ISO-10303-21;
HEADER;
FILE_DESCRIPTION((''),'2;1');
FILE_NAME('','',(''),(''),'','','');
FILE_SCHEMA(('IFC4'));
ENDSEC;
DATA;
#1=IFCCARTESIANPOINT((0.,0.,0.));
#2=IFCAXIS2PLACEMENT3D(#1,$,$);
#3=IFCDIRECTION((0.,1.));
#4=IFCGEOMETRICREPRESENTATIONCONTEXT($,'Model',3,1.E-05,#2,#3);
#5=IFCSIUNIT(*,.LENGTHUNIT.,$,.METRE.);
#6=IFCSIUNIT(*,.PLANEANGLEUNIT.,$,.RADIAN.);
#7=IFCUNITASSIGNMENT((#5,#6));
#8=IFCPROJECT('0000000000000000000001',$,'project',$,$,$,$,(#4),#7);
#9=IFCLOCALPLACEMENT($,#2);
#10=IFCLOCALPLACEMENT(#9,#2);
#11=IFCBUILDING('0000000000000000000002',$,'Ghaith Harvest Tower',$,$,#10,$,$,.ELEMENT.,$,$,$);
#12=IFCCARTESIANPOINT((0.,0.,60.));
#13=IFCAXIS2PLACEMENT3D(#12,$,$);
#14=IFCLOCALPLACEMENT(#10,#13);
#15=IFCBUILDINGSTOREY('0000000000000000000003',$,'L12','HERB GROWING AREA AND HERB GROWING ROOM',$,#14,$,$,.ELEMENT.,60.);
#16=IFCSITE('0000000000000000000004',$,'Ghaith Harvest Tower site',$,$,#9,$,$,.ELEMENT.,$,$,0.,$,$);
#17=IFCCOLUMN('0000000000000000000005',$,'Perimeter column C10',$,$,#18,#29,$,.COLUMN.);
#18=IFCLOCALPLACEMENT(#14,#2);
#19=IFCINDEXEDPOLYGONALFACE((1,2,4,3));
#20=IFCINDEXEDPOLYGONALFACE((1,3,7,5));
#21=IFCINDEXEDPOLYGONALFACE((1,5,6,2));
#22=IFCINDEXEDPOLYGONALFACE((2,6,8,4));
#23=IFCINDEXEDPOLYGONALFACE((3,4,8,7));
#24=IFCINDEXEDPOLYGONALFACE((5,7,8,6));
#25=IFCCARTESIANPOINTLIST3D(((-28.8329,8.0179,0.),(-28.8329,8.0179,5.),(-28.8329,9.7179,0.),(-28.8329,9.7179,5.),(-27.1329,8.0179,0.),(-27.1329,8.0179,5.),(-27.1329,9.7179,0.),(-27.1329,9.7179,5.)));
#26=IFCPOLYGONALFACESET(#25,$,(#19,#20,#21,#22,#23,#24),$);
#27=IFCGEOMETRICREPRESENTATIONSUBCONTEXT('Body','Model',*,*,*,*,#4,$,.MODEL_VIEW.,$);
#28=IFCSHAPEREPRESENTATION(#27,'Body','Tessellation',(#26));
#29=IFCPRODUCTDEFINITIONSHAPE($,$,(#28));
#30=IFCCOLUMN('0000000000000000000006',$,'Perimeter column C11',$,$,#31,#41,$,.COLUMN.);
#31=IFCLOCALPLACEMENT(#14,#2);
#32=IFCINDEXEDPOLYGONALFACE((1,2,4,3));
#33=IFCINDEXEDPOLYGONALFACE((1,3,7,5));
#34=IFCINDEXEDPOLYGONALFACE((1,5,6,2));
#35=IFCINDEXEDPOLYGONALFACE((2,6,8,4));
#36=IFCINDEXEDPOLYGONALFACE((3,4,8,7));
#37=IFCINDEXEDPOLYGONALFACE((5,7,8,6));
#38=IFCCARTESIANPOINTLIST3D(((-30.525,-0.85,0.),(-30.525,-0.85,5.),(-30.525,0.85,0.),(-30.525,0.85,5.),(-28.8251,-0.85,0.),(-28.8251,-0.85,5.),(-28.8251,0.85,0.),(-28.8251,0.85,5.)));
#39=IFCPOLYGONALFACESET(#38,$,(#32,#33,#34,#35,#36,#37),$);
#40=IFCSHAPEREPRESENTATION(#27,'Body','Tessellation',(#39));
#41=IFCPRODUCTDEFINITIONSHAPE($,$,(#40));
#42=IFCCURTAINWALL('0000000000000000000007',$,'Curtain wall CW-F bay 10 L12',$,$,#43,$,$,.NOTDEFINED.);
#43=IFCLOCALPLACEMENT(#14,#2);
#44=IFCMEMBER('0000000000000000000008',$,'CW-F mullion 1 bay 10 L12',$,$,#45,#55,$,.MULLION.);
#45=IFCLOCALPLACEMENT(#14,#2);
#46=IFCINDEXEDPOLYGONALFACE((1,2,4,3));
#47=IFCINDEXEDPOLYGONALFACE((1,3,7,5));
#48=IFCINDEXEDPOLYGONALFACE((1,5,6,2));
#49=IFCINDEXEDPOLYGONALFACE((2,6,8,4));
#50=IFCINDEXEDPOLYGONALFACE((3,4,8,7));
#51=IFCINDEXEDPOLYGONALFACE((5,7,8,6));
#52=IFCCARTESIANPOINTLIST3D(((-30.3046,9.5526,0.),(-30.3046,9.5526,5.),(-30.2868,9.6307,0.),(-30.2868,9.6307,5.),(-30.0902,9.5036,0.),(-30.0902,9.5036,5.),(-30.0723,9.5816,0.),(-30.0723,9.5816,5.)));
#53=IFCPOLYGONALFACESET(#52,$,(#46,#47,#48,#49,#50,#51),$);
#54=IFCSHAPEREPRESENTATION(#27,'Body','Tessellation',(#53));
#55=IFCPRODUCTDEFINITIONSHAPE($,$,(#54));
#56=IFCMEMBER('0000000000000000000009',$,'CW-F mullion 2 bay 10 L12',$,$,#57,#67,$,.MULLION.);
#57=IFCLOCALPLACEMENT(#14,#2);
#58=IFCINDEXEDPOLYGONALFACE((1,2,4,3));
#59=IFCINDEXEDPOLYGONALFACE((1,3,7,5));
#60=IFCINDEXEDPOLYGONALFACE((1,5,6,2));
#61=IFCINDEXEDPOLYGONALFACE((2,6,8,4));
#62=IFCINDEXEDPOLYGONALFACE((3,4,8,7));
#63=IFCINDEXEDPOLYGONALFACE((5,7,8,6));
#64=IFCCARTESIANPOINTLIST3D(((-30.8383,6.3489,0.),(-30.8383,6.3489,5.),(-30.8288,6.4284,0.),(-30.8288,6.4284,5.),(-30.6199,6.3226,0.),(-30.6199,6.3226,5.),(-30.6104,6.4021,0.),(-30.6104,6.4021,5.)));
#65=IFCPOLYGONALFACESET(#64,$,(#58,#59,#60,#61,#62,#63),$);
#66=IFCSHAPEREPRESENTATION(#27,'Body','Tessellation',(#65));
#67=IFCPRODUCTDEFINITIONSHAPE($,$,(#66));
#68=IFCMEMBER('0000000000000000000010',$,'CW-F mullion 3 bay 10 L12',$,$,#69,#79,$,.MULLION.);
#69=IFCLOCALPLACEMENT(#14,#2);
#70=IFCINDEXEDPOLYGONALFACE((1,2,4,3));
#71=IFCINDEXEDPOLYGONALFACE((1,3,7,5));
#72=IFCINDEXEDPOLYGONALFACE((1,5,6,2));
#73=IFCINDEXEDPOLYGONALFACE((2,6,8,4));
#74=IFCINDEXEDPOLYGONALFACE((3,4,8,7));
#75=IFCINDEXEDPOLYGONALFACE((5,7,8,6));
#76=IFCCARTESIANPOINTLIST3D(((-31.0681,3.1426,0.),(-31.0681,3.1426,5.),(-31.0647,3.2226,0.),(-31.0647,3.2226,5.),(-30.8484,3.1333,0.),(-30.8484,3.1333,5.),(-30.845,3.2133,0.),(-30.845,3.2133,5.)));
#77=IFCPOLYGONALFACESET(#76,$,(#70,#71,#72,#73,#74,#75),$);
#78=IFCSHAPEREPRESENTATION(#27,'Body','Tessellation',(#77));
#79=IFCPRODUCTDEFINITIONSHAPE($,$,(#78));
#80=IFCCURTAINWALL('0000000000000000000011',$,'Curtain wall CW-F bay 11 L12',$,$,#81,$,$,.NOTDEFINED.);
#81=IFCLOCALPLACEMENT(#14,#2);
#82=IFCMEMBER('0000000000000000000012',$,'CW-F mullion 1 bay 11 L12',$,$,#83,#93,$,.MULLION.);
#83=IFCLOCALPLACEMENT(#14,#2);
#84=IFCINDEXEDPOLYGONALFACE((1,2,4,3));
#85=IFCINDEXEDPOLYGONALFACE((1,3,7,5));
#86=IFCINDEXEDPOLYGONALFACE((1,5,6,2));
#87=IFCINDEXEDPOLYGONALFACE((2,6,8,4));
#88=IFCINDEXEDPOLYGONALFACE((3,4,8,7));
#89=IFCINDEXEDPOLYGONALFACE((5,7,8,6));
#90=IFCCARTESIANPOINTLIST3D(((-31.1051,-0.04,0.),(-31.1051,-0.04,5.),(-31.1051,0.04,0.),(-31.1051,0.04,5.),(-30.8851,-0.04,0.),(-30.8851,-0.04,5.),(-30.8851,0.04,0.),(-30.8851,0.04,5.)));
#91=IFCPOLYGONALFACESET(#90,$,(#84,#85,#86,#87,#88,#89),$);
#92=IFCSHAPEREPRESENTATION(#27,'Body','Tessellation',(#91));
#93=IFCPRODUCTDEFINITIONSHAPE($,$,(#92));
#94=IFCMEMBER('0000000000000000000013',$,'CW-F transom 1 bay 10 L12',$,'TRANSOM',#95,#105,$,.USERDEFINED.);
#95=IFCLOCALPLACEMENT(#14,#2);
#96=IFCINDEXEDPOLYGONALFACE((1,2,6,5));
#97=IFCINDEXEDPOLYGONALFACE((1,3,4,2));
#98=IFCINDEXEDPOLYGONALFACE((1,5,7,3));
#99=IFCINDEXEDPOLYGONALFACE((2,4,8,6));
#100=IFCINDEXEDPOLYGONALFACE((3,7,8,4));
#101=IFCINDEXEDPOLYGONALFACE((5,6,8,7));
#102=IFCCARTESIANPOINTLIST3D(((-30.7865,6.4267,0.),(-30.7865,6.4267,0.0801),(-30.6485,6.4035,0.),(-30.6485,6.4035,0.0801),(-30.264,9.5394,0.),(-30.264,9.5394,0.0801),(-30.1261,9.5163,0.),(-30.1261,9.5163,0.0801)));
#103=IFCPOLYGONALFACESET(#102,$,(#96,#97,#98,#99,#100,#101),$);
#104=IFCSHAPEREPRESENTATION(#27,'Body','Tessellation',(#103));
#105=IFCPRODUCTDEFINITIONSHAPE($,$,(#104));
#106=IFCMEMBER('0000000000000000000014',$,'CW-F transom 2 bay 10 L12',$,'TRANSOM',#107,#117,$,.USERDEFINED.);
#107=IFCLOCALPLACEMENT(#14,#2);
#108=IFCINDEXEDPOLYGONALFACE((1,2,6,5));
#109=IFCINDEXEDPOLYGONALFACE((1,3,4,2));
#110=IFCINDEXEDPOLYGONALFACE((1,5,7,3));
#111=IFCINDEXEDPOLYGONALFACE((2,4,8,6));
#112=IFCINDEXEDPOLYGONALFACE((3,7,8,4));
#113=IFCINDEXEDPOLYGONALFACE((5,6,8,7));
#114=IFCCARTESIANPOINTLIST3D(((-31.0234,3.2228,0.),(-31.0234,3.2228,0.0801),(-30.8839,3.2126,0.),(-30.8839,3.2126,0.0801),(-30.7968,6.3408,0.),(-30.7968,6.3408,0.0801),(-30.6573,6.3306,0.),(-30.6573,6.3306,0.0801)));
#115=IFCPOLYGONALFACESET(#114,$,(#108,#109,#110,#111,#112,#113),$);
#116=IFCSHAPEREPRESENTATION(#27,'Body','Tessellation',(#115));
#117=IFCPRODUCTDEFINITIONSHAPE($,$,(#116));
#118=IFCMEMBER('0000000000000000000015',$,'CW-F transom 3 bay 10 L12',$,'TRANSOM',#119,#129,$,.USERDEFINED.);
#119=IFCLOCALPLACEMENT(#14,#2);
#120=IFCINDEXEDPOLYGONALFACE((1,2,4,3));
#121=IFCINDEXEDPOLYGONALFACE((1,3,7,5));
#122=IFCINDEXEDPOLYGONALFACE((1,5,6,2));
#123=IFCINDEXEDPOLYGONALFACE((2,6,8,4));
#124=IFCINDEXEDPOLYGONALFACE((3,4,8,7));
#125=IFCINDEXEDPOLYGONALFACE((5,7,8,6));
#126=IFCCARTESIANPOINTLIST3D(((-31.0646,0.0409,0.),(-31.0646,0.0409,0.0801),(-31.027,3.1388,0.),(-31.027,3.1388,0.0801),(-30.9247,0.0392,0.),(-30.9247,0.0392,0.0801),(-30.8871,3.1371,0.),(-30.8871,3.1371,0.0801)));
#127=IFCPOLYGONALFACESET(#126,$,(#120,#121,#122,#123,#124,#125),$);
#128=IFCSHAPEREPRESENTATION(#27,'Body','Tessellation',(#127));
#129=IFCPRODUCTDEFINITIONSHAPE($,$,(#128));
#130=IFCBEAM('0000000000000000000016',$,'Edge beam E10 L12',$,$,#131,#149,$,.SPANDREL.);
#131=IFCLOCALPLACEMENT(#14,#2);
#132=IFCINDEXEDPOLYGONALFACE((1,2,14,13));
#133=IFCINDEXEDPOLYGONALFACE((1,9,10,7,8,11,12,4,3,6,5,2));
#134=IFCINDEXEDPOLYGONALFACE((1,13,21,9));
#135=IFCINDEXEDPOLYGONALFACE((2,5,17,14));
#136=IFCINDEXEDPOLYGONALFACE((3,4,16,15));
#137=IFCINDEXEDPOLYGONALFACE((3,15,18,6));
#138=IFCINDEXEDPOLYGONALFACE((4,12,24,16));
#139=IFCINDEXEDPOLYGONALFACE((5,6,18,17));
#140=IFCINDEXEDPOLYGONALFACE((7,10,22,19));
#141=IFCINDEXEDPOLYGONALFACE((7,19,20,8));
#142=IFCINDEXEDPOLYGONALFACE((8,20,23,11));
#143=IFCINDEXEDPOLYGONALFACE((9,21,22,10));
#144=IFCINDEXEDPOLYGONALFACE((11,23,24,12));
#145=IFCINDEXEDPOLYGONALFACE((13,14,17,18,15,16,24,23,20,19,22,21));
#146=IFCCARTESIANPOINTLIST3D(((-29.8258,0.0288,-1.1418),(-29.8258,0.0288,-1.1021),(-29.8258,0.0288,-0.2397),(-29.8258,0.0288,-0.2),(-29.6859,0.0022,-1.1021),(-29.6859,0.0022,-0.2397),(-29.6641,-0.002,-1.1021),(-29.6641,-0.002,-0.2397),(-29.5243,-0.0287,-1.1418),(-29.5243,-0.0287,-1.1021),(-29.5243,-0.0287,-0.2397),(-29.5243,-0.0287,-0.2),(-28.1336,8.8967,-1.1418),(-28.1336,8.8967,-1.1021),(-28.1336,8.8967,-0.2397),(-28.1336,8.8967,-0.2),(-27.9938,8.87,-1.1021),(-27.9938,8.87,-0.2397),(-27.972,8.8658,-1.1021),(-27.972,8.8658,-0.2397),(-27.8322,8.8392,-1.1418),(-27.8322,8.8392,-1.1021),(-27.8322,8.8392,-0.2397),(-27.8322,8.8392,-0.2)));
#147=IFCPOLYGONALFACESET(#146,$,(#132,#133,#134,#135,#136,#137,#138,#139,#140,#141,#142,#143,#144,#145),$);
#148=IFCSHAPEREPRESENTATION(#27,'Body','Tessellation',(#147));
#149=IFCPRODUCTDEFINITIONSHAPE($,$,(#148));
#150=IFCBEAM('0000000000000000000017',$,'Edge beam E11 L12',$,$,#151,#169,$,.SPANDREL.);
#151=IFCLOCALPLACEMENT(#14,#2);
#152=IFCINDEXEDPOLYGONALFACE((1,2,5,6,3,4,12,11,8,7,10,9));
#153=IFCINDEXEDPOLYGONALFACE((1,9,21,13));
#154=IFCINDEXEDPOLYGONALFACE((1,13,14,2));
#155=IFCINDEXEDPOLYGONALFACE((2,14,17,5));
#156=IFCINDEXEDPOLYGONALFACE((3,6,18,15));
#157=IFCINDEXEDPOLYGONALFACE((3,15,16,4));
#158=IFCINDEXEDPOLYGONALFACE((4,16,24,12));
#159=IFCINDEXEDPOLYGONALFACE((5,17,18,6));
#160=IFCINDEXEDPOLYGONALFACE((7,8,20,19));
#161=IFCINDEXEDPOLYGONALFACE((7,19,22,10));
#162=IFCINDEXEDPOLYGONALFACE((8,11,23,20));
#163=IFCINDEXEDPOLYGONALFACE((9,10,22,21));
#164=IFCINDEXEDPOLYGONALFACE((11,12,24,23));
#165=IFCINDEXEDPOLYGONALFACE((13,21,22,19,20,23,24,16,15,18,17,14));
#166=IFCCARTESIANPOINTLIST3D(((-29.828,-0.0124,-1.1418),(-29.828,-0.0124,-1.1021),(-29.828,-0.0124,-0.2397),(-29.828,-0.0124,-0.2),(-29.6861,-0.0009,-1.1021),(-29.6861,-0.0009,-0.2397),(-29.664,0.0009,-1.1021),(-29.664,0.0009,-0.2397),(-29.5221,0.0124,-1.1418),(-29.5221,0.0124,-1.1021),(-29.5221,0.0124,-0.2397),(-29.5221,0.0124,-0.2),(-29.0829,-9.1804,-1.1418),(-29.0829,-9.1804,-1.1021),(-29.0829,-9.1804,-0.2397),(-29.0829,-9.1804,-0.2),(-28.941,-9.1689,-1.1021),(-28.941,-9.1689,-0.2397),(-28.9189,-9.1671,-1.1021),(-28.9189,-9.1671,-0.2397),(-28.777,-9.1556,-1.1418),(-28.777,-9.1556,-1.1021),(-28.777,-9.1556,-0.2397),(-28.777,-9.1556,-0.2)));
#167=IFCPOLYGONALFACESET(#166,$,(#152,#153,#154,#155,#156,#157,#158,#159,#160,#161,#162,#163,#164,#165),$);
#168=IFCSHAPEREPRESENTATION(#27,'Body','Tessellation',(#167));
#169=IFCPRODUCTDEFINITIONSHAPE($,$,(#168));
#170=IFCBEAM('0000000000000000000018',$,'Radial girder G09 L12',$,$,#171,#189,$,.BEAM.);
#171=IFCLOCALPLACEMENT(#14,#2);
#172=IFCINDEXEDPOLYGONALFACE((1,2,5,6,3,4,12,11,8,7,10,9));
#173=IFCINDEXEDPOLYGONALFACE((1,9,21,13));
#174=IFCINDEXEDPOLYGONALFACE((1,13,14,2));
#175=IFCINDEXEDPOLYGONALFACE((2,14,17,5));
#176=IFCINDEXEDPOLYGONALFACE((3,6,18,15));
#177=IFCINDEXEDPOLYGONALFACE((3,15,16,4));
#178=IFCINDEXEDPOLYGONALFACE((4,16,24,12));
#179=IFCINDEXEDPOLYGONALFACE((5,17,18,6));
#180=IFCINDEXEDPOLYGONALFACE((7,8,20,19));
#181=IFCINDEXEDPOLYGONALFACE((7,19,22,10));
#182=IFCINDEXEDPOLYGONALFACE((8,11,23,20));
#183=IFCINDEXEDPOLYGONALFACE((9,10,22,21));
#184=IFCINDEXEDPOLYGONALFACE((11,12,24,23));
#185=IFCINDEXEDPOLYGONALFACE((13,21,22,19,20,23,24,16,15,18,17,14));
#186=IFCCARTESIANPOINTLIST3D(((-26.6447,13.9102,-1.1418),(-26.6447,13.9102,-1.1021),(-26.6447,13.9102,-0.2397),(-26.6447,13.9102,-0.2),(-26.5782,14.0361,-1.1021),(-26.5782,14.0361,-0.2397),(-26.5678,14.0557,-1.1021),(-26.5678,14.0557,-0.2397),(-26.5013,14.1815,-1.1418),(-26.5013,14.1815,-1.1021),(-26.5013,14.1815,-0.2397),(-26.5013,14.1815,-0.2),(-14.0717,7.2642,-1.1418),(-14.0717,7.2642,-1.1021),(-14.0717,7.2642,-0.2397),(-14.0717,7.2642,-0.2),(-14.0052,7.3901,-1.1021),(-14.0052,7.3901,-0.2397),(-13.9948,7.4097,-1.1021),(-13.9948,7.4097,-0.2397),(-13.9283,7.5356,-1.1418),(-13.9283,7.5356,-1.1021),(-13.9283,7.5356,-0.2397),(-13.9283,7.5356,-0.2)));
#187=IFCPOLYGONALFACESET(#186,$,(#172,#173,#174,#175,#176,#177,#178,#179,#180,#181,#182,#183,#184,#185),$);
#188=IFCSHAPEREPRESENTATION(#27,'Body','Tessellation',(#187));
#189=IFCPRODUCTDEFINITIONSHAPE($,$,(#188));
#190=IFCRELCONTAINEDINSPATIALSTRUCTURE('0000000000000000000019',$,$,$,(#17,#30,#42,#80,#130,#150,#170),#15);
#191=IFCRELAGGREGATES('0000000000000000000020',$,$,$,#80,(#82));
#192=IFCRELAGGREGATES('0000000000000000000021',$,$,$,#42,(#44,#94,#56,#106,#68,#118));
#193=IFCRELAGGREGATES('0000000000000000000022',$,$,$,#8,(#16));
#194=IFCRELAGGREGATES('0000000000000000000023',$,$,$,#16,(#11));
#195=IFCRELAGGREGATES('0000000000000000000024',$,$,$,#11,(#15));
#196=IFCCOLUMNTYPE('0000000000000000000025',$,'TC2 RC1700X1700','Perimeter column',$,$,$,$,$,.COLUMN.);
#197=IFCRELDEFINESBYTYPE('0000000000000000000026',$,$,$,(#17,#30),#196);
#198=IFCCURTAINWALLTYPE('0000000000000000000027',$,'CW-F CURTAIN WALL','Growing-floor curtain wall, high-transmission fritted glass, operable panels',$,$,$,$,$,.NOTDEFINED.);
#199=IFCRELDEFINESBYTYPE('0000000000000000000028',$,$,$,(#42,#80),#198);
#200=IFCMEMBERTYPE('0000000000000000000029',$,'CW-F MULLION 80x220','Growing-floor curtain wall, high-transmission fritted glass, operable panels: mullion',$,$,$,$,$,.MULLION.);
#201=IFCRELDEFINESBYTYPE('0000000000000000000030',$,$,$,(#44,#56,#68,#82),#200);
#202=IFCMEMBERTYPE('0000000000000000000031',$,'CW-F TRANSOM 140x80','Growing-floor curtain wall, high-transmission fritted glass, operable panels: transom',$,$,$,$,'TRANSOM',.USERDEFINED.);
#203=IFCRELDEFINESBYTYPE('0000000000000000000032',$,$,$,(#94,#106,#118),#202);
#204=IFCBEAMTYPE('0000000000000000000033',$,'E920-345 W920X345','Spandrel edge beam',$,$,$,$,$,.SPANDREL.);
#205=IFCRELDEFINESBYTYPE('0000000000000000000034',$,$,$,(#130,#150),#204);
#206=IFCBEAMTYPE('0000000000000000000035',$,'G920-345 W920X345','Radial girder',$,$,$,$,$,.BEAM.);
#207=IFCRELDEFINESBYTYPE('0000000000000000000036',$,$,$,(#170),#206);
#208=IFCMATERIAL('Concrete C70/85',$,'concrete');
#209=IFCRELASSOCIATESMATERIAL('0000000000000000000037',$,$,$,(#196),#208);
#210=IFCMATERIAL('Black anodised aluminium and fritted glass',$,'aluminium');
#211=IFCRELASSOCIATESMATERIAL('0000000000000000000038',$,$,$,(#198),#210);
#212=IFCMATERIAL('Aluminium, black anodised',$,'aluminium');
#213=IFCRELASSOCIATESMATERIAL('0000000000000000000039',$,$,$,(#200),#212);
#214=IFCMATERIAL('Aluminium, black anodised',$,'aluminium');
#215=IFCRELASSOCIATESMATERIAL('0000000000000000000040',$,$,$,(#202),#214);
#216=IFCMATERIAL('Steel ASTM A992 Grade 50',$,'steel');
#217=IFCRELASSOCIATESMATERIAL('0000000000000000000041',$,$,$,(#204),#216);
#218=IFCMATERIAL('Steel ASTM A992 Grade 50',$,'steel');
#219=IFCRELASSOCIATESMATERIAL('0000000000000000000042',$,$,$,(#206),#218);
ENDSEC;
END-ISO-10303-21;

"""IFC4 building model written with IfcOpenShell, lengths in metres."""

from ifc_helpers import new_model, si_unit, direction, frame, origin, origin_2d, place, context, subcontext, project, spatial, rectangle, i_section, extrude, material, material_profile, profile_set, type_object, element, aggregate, save


model = new_model("IFC4")

# Units and contexts
model_context = context("Model", 3, precision=1e-05, world=origin(), true_north=direction((0.0, 1.0)))
body_context = subcontext(model_context, "Body", "Model", "MODEL_VIEW")
ifc_project = project(units=[si_unit("LENGTHUNIT", "METRE"), si_unit("PLANEANGLEUNIT", "RADIAN")], contexts=[model_context])

# Site, building, storey
site_placement = place(None, origin())
site = spatial("IfcSite", under=ifc_project, at=site_placement, Name="Ghaith Harvest Tower site", CompositionType="ELEMENT", RefElevation=0.0)
building_placement = place(site_placement, origin())
building = spatial("IfcBuilding", under=site, at=building_placement, Name="Ghaith Harvest Tower", CompositionType="ELEMENT")
storey_placement = place(building_placement, frame((0.0, 0.0, 60.0)))
storey = spatial("IfcBuildingStorey", under=building, at=storey_placement, Name="L12", Description="HERB GROWING AREA AND HERB GROWING ROOM", CompositionType="ELEMENT", Elevation=60.0)

# Columns
ifc_material_1 = material(Name="Concrete C70/85", Category="concrete")
ifc_material_profile_1 = material_profile(ifc_material_1, rectangle(XDim=1.7, YDim=1.7, at=origin_2d()), Name="RC1700X1700")
ifc_profile_set_1 = profile_set([ifc_material_profile_1], Name="Concrete C70/85")
column_type = type_object("IfcColumnType", Name="TC2 RC1700X1700", Description="Perimeter column", PredefinedType="COLUMN", material=ifc_profile_set_1)
for number, where, z_axis, x_axis, name in (
    (1, (-27.9829, 8.8679, 0.0), (0.0, 0.0, 1.0), (1.0, 0.0, 0.0), "Perimeter column C10"),
    (2, (-29.675, 0.0, 0.0), (0.0, 0.0, 1.0), (1.0, 0.0, 0.0), "Perimeter column C11"),
):
    element("IfcColumn", number, at=place(storey_placement, frame(where, z_axis=z_axis, x_axis=x_axis)), inside=storey, type_object=column_type, Name=name, PredefinedType="COLUMN", context=body_context, shape_type="SweptSolid", body=[
        extrude(rectangle(XDim=1.7, YDim=1.7, at=origin_2d()), origin(), (0.0, 0.0, 1.0), 5.0),
    ])

# Curtain wall, members
ifc_material_2 = material(Name="Black anodised aluminium and fritted glass", Category="aluminium")
curtain_wall_type = type_object("IfcCurtainWallType", Name="CW-F CURTAIN WALL", Description="Growing-floor curtain wall, high-transmission fritted glass, operable panels", PredefinedType="NOTDEFINED", material=ifc_material_2)
curtain_wall_1_placement = place(storey_placement, origin())
curtain_wall_1 = element("IfcCurtainWall", 3, at=curtain_wall_1_placement, inside=storey, type_object=curtain_wall_type, Name="Curtain wall CW-F bay 10 L12", PredefinedType="NOTDEFINED")
ifc_material_3 = material(Name="Aluminium, black anodised", Category="aluminium")
ifc_material_profile_2 = material_profile(ifc_material_3, rectangle(XDim=0.0801, YDim=0.22, at=origin_2d()), Name="CW-F MULLION 80x220")
ifc_profile_set_2 = profile_set([ifc_material_profile_2], Name="Aluminium, black anodised")
member_type_1 = type_object("IfcMemberType", Name="CW-F MULLION 80x220", Description="Growing-floor curtain wall, high-transmission fritted glass, operable panels: mullion", PredefinedType="MULLION", material=ifc_profile_set_2)
member_1_placement = place(storey_placement, frame((-30.1885, 9.5671, 0.0), z_axis=(0.0, 0.0, 1.0), x_axis=(-0.222967, -0.974826, 0.0)))
member_1 = element("IfcMember", 4, at=member_1_placement, type_object=member_type_1, Name="CW-F mullion 1 bay 10 L12", PredefinedType="MULLION", context=body_context, shape_type="SweptSolid", body=[
    extrude(rectangle(XDim=0.0801, YDim=0.22, at=origin_2d()), origin(), (0.0, 0.0, 1.0), 5.0),
])
member_2_placement = place(storey_placement, frame((-30.7244, 6.3755, 0.0), z_axis=(0.0, 0.0, 1.0), x_axis=(-0.119353, -0.992852, 0.0)))
member_2 = element("IfcMember", 5, at=member_2_placement, type_object=member_type_1, Name="CW-F mullion 2 bay 10 L12", PredefinedType="MULLION", context=body_context, shape_type="SweptSolid", body=[
    extrude(rectangle(XDim=0.0801, YDim=0.22, at=origin_2d()), origin(), (0.0, 0.0, 1.0), 5.0),
])
member_3_placement = place(storey_placement, frame((-30.9565, 3.178, 0.0), z_axis=(0.0, 0.0, 1.0), x_axis=(-0.042427, -0.9991, 0.0)))
member_3 = element("IfcMember", 6, at=member_3_placement, type_object=member_type_1, Name="CW-F mullion 3 bay 10 L12", PredefinedType="MULLION", context=body_context, shape_type="SweptSolid", body=[
    extrude(rectangle(XDim=0.0801, YDim=0.22, at=origin_2d()), origin(), (0.0, 0.0, 1.0), 5.0),
])

# Curtain wall, member
curtain_wall_2_placement = place(storey_placement, origin())
curtain_wall_2 = element("IfcCurtainWall", 7, at=curtain_wall_2_placement, inside=storey, type_object=curtain_wall_type, Name="Curtain wall CW-F bay 11 L12", PredefinedType="NOTDEFINED")
member_4_placement = place(storey_placement, frame((-30.9951, 0.0, 0.0), z_axis=(0.0, 0.0, 1.0), x_axis=(0.0, -1.0, 0.0)))
member_4 = element("IfcMember", 8, at=member_4_placement, type_object=member_type_1, Name="CW-F mullion 1 bay 11 L12", PredefinedType="MULLION", context=body_context, shape_type="SweptSolid", body=[
    extrude(rectangle(XDim=0.0801, YDim=0.22, at=origin_2d()), origin(), (0.0, 0.0, 1.0), 5.0),
])
aggregate(curtain_wall_2, [member_4])

# Members
ifc_material_4 = material(Name="Aluminium, black anodised", Category="aluminium")
ifc_material_profile_3 = material_profile(ifc_material_4, rectangle(XDim=0.1399, YDim=0.0801, at=origin_2d()), Name="CW-F TRANSOM 140x80")
ifc_profile_set_3 = profile_set([ifc_material_profile_3], Name="Aluminium, black anodised")
member_type_2 = type_object("IfcMemberType", Name="CW-F TRANSOM 140x80", Description="Growing-floor curtain wall, high-transmission fritted glass, operable panels: transom", ElementType="TRANSOM", PredefinedType="USERDEFINED", material=ifc_profile_set_3)
member_5_placement = place(storey_placement, frame((-30.1951, 9.5278, 0.04), z_axis=(-0.165528, -0.986205, 0.0), x_axis=(0.986205, -0.165528, 0.0)))
member_5 = element("IfcMember", 9, at=member_5_placement, type_object=member_type_2, Name="CW-F transom 1 bay 10 L12", ObjectType="TRANSOM", PredefinedType="USERDEFINED", context=body_context, shape_type="SweptSolid", body=[
    extrude(rectangle(XDim=0.1399, YDim=0.0801, at=origin_2d()), origin(), (0.0, 0.0, 1.0), 3.1562),
])
member_6_placement = place(storey_placement, frame((-30.7271, 6.3357, 0.04), z_axis=(-0.072474, -0.99737, 0.0), x_axis=(0.99737, -0.072474, 0.0)))
member_6 = element("IfcMember", 10, at=member_6_placement, type_object=member_type_2, Name="CW-F transom 2 bay 10 L12", ObjectType="TRANSOM", PredefinedType="USERDEFINED", context=body_context, shape_type="SweptSolid", body=[
    extrude(rectangle(XDim=0.1399, YDim=0.0801, at=origin_2d()), origin(), (0.0, 0.0, 1.0), 3.1262),
])
member_7_placement = place(storey_placement, frame((-30.957, 3.1379, 0.04), z_axis=(-0.012136, -0.999926, 0.0), x_axis=(0.999926, -0.012136, 0.0)))
member_7 = element("IfcMember", 11, at=member_7_placement, type_object=member_type_2, Name="CW-F transom 3 bay 10 L12", ObjectType="TRANSOM", PredefinedType="USERDEFINED", context=body_context, shape_type="SweptSolid", body=[
    extrude(rectangle(XDim=0.1399, YDim=0.0801, at=origin_2d()), origin(), (0.0, 0.0, 1.0), 3.0981),
])

# Beams
ifc_material_5 = material(Name="Steel ASTM A992 Grade 50", Category="steel")
ifc_material_profile_4 = material_profile(ifc_material_5, i_section(OverallWidth=0.3069, OverallDepth=0.9419, WebThickness=0.0222, FlangeThickness=0.0398, at=origin_2d()), Name="W920X345")
ifc_profile_set_4 = profile_set([ifc_material_profile_4], Name="Steel ASTM A992 Grade 50")
beam_type_1 = type_object("IfcBeamType", Name="E920-345 W920X345", Description="Spandrel edge beam", PredefinedType="SPANDREL", material=ifc_profile_set_4)
beam_1_placement = place(storey_placement, frame((-27.9829, 8.8679, -0.6709), z_axis=(-0.187434, -0.982277, 0.0), x_axis=(0.982277, -0.187434, 0.0)))
element("IfcBeam", 12, at=beam_1_placement, inside=storey, type_object=beam_type_1, Name="Edge beam E10 L12", PredefinedType="SPANDREL", context=body_context, shape_type="SweptSolid", body=[
    extrude(i_section(OverallWidth=0.3069, OverallDepth=0.9419, WebThickness=0.0222, FlangeThickness=0.0398, at=origin_2d()), origin(), (0.0, 0.0, 1.0), 9.0278),
])
beam_2_placement = place(storey_placement, frame((-29.675, 0.0, -0.6709), z_axis=(0.081007, -0.996714, 0.0), x_axis=(0.996714, 0.081007, 0.0)))
element("IfcBeam", 13, at=beam_2_placement, inside=storey, type_object=beam_type_1, Name="Edge beam E11 L12", PredefinedType="SPANDREL", context=body_context, shape_type="SweptSolid", body=[
    extrude(i_section(OverallWidth=0.3069, OverallDepth=0.9419, WebThickness=0.0222, FlangeThickness=0.0398, at=origin_2d()), origin(), (0.0, 0.0, 1.0), 9.1982),
])
ifc_material_6 = material(Name="Steel ASTM A992 Grade 50", Category="steel")
ifc_material_profile_5 = material_profile(ifc_material_6, i_section(OverallWidth=0.3069, OverallDepth=0.9419, WebThickness=0.0222, FlangeThickness=0.0398, at=origin_2d()), Name="W920X345")
ifc_profile_set_5 = profile_set([ifc_material_profile_5], Name="Steel ASTM A992 Grade 50")
beam_type_2 = type_object("IfcBeamType", Name="G920-345 W920X345", Description="Radial girder", PredefinedType="BEAM", material=ifc_profile_set_5)
beam_3_placement = place(storey_placement, frame((-14.0, 7.3999, -0.6709), z_axis=(-0.884087, 0.467322, 0.0), x_axis=(-0.467322, -0.884087, 0.0)))
element("IfcBeam", 14, at=beam_3_placement, inside=storey, type_object=beam_type_2, Name="Radial girder G09 L12", PredefinedType="BEAM", context=body_context, shape_type="SweptSolid", body=[
    extrude(i_section(OverallWidth=0.3069, OverallDepth=0.9419, WebThickness=0.0222, FlangeThickness=0.0398, at=origin_2d()), origin(), (0.0, 0.0, 1.0), 14.2214),
])

aggregate(curtain_wall_1, [member_1, member_5, member_2, member_6, member_3, member_7])

save(model, "model.ifc")
